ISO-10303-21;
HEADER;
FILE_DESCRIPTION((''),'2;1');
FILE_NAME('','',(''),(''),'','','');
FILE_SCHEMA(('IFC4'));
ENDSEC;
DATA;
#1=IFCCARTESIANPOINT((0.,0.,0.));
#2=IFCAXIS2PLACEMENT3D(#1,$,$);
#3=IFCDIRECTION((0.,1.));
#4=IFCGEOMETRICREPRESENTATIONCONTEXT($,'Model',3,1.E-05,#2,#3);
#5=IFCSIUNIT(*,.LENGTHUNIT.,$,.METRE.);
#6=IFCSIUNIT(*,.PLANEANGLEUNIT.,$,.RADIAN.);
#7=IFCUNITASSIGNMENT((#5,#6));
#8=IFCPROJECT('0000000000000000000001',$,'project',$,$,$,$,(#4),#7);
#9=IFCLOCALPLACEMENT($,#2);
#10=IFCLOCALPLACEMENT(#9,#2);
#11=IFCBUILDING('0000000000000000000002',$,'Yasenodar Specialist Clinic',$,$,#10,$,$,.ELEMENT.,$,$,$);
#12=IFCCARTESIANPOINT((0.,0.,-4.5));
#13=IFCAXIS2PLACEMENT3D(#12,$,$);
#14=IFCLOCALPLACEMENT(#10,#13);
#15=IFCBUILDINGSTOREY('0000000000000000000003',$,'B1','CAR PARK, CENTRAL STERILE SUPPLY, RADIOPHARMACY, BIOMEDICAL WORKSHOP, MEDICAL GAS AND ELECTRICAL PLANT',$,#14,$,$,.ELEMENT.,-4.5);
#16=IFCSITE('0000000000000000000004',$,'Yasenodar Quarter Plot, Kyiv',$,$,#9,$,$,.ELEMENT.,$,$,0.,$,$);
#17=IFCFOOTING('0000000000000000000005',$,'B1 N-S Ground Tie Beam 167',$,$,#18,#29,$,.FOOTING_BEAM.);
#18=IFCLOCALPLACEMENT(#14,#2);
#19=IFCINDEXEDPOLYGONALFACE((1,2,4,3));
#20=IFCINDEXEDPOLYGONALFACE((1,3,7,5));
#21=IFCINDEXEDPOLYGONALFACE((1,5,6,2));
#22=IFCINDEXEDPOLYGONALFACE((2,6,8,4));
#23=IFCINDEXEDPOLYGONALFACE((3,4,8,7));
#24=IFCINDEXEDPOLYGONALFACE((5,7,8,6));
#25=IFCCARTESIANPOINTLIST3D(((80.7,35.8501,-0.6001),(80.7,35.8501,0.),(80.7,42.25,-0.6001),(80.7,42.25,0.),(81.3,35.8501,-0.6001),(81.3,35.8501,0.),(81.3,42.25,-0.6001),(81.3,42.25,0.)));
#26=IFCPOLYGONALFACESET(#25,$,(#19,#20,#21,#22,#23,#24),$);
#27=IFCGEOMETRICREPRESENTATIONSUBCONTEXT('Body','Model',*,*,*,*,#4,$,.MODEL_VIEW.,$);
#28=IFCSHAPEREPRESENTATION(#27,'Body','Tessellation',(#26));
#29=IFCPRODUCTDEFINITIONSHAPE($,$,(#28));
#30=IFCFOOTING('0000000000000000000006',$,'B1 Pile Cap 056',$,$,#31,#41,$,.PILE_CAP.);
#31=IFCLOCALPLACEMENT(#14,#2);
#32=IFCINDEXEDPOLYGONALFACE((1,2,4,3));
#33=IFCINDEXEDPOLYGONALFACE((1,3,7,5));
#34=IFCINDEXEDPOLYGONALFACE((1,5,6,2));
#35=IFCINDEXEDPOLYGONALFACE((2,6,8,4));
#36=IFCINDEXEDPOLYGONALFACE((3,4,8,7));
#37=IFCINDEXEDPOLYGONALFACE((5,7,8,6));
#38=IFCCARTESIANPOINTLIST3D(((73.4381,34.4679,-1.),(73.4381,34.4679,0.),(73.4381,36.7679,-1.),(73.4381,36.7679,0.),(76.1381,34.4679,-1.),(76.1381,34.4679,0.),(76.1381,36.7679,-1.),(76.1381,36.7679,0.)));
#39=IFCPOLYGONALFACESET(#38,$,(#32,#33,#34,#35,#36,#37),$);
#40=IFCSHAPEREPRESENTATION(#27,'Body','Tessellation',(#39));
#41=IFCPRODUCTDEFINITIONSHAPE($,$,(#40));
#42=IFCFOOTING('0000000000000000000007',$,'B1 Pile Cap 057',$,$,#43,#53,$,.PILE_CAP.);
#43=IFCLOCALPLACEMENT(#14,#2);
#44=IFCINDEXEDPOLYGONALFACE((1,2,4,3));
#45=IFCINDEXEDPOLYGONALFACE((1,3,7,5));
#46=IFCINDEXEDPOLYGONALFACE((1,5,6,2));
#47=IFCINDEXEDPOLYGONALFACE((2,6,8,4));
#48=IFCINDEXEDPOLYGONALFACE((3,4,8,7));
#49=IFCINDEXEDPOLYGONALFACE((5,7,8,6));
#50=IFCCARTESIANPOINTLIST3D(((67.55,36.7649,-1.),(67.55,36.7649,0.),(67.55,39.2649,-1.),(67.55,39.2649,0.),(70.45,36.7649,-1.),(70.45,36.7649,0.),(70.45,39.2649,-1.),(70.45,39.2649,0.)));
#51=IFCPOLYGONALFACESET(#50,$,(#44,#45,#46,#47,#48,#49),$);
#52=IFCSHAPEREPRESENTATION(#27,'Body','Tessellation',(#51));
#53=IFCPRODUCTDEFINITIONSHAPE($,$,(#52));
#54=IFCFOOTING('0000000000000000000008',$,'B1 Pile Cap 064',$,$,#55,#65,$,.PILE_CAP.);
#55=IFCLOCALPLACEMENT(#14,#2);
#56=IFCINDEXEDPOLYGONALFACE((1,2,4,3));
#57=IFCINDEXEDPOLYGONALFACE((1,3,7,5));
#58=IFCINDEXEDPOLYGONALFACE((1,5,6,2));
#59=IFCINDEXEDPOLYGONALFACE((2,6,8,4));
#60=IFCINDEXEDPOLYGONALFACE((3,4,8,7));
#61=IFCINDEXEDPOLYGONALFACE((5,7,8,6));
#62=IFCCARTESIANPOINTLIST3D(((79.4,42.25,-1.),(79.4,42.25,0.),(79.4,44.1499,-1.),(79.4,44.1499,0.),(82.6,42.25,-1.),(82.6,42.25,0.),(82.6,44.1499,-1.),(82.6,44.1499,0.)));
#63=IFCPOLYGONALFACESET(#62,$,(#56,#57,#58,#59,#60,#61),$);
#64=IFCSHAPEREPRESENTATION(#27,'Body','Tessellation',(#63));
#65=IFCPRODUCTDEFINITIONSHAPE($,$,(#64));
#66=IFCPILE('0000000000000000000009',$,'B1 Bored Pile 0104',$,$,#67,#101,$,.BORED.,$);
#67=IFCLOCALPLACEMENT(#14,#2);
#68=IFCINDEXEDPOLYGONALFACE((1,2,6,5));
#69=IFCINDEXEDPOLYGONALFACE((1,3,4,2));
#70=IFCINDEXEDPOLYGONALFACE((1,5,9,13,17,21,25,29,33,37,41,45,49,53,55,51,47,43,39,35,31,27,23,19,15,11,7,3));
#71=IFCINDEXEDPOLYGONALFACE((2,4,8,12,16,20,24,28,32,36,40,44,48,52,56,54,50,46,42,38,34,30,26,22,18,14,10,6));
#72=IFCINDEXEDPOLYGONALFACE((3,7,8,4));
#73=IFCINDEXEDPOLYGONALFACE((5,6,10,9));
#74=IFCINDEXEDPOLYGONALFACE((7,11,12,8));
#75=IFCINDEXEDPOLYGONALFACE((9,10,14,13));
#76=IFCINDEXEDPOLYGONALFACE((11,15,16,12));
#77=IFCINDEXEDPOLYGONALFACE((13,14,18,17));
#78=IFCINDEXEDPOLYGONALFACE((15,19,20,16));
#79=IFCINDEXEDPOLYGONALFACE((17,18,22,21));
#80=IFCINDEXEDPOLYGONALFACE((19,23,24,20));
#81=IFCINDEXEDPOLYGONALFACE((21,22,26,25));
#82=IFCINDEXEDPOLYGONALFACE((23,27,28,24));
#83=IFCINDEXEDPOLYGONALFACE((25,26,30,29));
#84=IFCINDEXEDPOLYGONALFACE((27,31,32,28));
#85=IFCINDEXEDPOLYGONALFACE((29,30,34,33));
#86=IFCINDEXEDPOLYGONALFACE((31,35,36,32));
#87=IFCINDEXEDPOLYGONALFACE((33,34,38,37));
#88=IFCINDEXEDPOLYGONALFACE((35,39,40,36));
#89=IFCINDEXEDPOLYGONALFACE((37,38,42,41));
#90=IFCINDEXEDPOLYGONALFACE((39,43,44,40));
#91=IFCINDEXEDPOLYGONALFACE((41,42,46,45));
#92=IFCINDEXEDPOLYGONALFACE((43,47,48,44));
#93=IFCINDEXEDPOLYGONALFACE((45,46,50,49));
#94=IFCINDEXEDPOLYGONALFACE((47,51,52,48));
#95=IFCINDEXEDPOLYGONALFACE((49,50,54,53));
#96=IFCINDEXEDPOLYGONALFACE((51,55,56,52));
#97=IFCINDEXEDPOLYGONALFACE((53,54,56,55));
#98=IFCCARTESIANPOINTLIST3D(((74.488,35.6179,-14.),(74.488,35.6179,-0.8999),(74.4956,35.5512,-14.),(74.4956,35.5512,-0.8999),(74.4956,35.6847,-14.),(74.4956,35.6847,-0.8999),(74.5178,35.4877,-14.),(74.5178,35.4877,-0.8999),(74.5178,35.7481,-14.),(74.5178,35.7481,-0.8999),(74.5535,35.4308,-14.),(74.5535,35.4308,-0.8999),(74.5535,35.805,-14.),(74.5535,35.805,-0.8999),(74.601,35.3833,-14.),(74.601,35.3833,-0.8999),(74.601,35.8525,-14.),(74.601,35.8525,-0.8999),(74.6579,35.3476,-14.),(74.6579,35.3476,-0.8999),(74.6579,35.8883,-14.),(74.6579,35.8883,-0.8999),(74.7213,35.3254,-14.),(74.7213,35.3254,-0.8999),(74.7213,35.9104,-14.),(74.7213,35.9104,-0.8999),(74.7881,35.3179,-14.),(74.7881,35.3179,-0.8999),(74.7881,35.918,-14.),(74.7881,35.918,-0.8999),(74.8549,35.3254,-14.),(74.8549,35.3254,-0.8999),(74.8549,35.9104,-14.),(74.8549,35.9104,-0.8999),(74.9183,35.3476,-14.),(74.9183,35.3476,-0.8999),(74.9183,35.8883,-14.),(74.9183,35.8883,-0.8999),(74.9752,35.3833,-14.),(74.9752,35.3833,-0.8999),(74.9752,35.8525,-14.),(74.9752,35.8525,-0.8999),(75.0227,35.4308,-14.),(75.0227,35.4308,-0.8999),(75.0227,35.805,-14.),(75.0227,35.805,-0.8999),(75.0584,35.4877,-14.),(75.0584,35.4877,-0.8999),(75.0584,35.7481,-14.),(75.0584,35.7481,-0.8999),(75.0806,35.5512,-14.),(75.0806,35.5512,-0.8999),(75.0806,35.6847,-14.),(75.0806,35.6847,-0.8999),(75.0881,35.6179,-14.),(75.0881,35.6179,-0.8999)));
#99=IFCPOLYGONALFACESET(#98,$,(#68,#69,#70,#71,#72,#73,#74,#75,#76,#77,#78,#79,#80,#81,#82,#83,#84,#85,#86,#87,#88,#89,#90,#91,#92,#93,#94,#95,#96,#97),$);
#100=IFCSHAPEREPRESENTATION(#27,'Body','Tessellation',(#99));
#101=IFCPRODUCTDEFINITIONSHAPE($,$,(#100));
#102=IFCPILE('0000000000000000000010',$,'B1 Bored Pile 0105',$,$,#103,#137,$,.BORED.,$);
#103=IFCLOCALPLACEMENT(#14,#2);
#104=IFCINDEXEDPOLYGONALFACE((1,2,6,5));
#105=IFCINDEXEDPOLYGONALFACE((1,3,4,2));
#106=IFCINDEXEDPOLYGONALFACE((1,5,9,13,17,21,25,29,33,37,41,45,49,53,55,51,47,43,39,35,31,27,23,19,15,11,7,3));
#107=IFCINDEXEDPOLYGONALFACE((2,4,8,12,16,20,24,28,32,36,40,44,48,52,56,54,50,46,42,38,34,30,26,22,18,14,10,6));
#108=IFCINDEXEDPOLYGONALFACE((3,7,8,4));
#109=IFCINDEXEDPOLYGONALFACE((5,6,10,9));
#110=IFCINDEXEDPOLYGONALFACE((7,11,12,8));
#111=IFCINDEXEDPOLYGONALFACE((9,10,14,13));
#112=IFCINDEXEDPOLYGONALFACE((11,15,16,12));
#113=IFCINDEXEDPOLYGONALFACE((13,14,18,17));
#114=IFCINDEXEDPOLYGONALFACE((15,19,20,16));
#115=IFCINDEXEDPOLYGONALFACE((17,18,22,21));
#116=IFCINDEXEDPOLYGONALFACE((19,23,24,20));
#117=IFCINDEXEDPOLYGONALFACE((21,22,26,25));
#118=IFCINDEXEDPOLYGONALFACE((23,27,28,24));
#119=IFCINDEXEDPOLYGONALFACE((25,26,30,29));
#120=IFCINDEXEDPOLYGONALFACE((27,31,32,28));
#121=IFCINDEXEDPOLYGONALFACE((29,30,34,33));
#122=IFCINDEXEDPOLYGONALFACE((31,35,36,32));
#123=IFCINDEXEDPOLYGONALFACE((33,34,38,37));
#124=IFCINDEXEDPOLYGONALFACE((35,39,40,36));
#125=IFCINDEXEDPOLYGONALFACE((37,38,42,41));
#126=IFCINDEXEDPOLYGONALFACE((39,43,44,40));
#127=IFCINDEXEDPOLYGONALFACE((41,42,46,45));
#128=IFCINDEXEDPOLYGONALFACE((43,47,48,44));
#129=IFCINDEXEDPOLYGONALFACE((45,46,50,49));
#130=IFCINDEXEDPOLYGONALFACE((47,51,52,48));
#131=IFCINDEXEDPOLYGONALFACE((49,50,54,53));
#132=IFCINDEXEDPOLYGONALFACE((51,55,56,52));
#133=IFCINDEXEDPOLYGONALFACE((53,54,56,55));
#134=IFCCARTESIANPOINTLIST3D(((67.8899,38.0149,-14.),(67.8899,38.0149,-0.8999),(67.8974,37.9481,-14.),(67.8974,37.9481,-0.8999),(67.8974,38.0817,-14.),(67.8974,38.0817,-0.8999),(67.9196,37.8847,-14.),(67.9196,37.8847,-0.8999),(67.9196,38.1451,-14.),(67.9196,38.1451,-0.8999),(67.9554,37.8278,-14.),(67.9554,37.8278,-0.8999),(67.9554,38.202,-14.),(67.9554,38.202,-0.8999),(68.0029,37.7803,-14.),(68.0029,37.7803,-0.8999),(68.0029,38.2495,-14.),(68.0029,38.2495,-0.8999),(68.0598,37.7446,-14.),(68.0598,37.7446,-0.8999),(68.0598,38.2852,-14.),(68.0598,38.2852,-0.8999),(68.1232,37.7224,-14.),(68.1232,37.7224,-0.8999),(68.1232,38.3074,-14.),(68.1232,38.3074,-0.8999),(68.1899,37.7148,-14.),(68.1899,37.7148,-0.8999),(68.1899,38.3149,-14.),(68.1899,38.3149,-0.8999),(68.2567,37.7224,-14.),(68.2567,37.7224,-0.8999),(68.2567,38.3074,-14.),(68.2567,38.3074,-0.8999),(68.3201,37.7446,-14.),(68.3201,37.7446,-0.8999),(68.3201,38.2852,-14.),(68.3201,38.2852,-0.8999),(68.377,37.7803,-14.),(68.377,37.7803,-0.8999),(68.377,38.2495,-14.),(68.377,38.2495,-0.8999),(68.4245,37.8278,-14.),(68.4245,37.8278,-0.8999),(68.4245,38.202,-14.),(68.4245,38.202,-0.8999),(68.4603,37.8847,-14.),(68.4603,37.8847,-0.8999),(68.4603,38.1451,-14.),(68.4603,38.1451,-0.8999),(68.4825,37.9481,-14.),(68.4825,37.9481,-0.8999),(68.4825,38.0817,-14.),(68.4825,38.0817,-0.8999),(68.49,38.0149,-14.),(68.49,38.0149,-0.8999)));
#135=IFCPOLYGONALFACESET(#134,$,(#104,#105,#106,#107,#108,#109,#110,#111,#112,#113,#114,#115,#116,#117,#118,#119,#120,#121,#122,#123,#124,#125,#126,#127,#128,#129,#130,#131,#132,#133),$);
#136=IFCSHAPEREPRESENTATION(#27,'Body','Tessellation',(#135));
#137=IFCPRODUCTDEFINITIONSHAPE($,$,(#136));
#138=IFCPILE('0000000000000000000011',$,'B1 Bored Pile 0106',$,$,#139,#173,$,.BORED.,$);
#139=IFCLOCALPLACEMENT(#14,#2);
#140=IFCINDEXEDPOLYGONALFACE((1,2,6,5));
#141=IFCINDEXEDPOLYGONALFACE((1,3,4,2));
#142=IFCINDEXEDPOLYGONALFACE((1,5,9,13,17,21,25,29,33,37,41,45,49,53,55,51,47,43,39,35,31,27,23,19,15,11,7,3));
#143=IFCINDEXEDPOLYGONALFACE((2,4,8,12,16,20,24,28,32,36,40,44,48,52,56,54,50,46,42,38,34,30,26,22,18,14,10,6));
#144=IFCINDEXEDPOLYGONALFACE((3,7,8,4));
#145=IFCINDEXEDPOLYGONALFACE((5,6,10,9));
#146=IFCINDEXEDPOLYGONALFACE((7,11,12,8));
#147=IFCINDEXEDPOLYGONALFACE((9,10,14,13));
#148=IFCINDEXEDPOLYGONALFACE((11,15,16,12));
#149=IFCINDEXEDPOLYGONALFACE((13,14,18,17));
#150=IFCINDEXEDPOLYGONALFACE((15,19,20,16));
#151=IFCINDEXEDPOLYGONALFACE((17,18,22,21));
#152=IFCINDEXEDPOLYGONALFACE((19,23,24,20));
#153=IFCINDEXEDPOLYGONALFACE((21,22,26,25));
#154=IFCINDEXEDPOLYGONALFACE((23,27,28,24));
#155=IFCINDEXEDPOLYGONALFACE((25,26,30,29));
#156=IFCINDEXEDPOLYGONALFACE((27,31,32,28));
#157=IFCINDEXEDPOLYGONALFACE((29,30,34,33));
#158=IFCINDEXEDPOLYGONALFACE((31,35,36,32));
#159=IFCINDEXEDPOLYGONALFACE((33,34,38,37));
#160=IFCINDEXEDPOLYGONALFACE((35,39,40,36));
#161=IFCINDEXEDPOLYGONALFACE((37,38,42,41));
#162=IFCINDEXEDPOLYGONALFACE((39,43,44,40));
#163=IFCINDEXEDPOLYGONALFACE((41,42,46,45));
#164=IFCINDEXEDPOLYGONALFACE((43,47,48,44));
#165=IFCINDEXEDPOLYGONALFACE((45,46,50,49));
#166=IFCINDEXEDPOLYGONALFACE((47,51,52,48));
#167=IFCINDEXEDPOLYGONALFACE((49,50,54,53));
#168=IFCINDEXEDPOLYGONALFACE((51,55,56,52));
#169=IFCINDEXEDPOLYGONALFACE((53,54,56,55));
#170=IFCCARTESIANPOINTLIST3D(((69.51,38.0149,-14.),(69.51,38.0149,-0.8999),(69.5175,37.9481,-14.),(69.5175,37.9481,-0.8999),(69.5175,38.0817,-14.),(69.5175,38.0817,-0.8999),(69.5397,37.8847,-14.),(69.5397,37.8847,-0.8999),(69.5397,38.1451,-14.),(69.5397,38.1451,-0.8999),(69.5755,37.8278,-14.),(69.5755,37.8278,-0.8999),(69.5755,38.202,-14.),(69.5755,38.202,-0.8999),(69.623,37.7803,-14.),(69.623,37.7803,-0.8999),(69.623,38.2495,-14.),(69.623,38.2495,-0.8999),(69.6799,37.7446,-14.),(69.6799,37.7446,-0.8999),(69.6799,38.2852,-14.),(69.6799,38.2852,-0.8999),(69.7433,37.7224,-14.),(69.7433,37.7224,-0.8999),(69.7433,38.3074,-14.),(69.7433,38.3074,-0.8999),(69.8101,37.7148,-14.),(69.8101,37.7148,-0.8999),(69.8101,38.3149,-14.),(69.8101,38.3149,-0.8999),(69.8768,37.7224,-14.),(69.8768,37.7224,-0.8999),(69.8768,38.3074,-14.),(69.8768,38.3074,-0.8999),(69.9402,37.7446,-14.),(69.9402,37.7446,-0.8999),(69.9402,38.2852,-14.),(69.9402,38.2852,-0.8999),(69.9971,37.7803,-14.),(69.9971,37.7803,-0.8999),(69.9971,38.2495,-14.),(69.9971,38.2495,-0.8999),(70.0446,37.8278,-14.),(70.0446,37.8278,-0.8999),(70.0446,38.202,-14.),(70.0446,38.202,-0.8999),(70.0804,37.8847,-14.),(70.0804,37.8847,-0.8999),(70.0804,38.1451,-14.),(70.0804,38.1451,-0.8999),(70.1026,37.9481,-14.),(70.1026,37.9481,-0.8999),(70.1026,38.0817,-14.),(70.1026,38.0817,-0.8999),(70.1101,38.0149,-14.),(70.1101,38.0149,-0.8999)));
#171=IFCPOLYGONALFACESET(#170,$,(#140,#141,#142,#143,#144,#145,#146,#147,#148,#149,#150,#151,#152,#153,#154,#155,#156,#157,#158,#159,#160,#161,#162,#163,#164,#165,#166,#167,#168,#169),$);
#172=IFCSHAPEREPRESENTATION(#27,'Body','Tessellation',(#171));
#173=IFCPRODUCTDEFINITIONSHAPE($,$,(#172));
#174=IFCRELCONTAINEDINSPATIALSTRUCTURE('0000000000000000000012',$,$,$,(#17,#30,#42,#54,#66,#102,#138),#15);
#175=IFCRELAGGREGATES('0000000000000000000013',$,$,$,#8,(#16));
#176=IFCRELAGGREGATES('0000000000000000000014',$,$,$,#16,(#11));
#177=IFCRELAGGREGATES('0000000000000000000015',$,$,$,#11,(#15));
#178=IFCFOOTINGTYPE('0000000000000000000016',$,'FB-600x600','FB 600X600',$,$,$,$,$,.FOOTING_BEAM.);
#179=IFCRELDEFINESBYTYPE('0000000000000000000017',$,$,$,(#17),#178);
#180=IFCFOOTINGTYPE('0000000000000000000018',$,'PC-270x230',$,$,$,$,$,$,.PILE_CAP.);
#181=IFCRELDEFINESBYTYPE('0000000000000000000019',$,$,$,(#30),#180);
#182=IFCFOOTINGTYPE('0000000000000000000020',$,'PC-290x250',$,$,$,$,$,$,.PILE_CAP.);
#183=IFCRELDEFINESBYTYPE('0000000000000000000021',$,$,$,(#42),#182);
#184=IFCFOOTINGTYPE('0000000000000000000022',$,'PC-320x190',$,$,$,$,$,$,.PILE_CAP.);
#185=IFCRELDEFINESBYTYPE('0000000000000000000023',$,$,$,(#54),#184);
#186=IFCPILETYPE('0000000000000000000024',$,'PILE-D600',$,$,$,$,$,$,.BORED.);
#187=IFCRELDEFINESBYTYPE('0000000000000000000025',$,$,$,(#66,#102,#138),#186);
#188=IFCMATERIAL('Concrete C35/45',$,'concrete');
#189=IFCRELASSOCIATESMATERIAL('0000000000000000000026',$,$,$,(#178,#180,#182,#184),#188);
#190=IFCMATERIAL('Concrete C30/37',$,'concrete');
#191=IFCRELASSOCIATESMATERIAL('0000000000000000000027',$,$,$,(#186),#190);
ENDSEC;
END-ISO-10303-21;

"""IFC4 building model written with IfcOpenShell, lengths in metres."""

from ifc_helpers import new_model, si_unit, direction, frame, origin, origin_2d, place, context, subcontext, project, spatial, rectangle, circle, extrude, material, material_profile, profile_set, type_object, element, save


model = new_model("IFC4")

# Units and contexts
model_context = context("Model", 3, precision=1e-05, world=origin(), true_north=direction((0.0, 1.0)))
body_context = subcontext(model_context, "Body", "Model", "MODEL_VIEW")
ifc_project = project(units=[si_unit("LENGTHUNIT", "METRE"), si_unit("PLANEANGLEUNIT", "RADIAN")], contexts=[model_context])

# Site, building, storey
site_placement = place(None, origin())
site = spatial("IfcSite", under=ifc_project, at=site_placement, Name="Yasenodar Quarter Plot, Kyiv", CompositionType="ELEMENT", RefElevation=0.0)
building_placement = place(site_placement, origin())
building = spatial("IfcBuilding", under=site, at=building_placement, Name="Yasenodar Specialist Clinic", CompositionType="ELEMENT")
storey_placement = place(building_placement, frame((0.0, 0.0, -4.5)))
storey = spatial("IfcBuildingStorey", under=building, at=storey_placement, Name="B1", Description="CAR PARK, CENTRAL STERILE SUPPLY, RADIOPHARMACY, BIOMEDICAL WORKSHOP, MEDICAL GAS AND ELECTRICAL PLANT", CompositionType="ELEMENT", Elevation=-4.5)

# Footings
ifc_material_1 = material(Name="Concrete C35/45", Category="concrete")
ifc_material_profile_1 = material_profile(ifc_material_1, rectangle(XDim=0.6001, YDim=0.6001, at=origin_2d()), Name="RC 600x600")
ifc_profile_set_1 = profile_set([ifc_material_profile_1], Name="Concrete C35/45")
footing_type_1 = type_object("IfcFootingType", Name="FB-600x600", Description="FB 600X600", PredefinedType="FOOTING_BEAM", material=ifc_profile_set_1)
footing_1_placement = place(storey_placement, frame((81.0, 35.8501, -0.3), z_axis=(0.0, 1.0, 0.0), x_axis=(-1.0, 0.0, 0.0)))
element("IfcFooting", 1, at=footing_1_placement, inside=storey, type_object=footing_type_1, Name="B1 N-S Ground Tie Beam 167", PredefinedType="FOOTING_BEAM", context=body_context, shape_type="SweptSolid", body=[
    extrude(rectangle(XDim=0.6001, YDim=0.6001, at=origin_2d()), origin(), (0.0, 0.0, 1.0), 6.3999),
])
footing_type_2 = type_object("IfcFootingType", Name="PC-270x230", PredefinedType="PILE_CAP", material=ifc_material_1)
footing_2_placement = place(storey_placement, frame((74.7881, 35.6179, -1.0), z_axis=(0.0, 0.0, 1.0), x_axis=(1.0, 0.0, 0.0)))
element("IfcFooting", 2, at=footing_2_placement, inside=storey, type_object=footing_type_2, Name="B1 Pile Cap 056", PredefinedType="PILE_CAP", context=body_context, shape_type="SweptSolid", body=[
    extrude(rectangle(XDim=2.7, YDim=2.3, at=origin_2d()), origin(), (0.0, 0.0, 1.0), 1.0),
])
footing_type_3 = type_object("IfcFootingType", Name="PC-290x250", PredefinedType="PILE_CAP", material=ifc_material_1)
footing_3_placement = place(storey_placement, frame((69.0, 38.0149, -1.0), z_axis=(0.0, 0.0, 1.0), x_axis=(1.0, 0.0, 0.0)))
element("IfcFooting", 3, at=footing_3_placement, inside=storey, type_object=footing_type_3, Name="B1 Pile Cap 057", PredefinedType="PILE_CAP", context=body_context, shape_type="SweptSolid", body=[
    extrude(rectangle(XDim=2.8999, YDim=2.5, at=origin_2d()), origin(), (0.0, 0.0, 1.0), 1.0),
])
footing_type_4 = type_object("IfcFootingType", Name="PC-320x190", PredefinedType="PILE_CAP", material=ifc_material_1)
footing_4_placement = place(storey_placement, frame((81.0, 43.2, -1.0), z_axis=(0.0, 0.0, 1.0), x_axis=(1.0, 0.0, 0.0)))
element("IfcFooting", 4, at=footing_4_placement, inside=storey, type_object=footing_type_4, Name="B1 Pile Cap 064", PredefinedType="PILE_CAP", context=body_context, shape_type="SweptSolid", body=[
    extrude(rectangle(XDim=3.2, YDim=1.8999, at=origin_2d()), origin(), (0.0, 0.0, 1.0), 1.0),
])

# Piles
ifc_material_2 = material(Name="Concrete C30/37", Category="concrete")
ifc_material_profile_2 = material_profile(ifc_material_2, circle(Radius=0.3, at=origin_2d()), Name="PILE D600")
ifc_profile_set_2 = profile_set([ifc_material_profile_2], Name="Concrete C30/37")
pile_type = type_object("IfcPileType", Name="PILE-D600", PredefinedType="BORED", material=ifc_profile_set_2)
for number, where, z_axis, x_axis, name in (
    (5, (74.7881, 35.6179, -0.8999), (0.0, 0.0, -1.0), (1.0, 0.0, 0.0), "B1 Bored Pile 0104"),
    (6, (68.1899, 38.0149, -0.8999), (0.0, 0.0, -1.0), (1.0, 0.0, 0.0), "B1 Bored Pile 0105"),
    (7, (69.8101, 38.0149, -0.8999), (0.0, 0.0, -1.0), (1.0, 0.0, 0.0), "B1 Bored Pile 0106"),
):
    element("IfcPile", number, at=place(storey_placement, frame(where, z_axis=z_axis, x_axis=x_axis)), inside=storey, type_object=pile_type, Name=name, PredefinedType="BORED", context=body_context, shape_type="SweptSolid", body=[
        extrude(circle(Radius=0.3, at=origin_2d()), origin(), (0.0, 0.0, 1.0), 13.1001),
    ])

save(model, "model.ifc")
